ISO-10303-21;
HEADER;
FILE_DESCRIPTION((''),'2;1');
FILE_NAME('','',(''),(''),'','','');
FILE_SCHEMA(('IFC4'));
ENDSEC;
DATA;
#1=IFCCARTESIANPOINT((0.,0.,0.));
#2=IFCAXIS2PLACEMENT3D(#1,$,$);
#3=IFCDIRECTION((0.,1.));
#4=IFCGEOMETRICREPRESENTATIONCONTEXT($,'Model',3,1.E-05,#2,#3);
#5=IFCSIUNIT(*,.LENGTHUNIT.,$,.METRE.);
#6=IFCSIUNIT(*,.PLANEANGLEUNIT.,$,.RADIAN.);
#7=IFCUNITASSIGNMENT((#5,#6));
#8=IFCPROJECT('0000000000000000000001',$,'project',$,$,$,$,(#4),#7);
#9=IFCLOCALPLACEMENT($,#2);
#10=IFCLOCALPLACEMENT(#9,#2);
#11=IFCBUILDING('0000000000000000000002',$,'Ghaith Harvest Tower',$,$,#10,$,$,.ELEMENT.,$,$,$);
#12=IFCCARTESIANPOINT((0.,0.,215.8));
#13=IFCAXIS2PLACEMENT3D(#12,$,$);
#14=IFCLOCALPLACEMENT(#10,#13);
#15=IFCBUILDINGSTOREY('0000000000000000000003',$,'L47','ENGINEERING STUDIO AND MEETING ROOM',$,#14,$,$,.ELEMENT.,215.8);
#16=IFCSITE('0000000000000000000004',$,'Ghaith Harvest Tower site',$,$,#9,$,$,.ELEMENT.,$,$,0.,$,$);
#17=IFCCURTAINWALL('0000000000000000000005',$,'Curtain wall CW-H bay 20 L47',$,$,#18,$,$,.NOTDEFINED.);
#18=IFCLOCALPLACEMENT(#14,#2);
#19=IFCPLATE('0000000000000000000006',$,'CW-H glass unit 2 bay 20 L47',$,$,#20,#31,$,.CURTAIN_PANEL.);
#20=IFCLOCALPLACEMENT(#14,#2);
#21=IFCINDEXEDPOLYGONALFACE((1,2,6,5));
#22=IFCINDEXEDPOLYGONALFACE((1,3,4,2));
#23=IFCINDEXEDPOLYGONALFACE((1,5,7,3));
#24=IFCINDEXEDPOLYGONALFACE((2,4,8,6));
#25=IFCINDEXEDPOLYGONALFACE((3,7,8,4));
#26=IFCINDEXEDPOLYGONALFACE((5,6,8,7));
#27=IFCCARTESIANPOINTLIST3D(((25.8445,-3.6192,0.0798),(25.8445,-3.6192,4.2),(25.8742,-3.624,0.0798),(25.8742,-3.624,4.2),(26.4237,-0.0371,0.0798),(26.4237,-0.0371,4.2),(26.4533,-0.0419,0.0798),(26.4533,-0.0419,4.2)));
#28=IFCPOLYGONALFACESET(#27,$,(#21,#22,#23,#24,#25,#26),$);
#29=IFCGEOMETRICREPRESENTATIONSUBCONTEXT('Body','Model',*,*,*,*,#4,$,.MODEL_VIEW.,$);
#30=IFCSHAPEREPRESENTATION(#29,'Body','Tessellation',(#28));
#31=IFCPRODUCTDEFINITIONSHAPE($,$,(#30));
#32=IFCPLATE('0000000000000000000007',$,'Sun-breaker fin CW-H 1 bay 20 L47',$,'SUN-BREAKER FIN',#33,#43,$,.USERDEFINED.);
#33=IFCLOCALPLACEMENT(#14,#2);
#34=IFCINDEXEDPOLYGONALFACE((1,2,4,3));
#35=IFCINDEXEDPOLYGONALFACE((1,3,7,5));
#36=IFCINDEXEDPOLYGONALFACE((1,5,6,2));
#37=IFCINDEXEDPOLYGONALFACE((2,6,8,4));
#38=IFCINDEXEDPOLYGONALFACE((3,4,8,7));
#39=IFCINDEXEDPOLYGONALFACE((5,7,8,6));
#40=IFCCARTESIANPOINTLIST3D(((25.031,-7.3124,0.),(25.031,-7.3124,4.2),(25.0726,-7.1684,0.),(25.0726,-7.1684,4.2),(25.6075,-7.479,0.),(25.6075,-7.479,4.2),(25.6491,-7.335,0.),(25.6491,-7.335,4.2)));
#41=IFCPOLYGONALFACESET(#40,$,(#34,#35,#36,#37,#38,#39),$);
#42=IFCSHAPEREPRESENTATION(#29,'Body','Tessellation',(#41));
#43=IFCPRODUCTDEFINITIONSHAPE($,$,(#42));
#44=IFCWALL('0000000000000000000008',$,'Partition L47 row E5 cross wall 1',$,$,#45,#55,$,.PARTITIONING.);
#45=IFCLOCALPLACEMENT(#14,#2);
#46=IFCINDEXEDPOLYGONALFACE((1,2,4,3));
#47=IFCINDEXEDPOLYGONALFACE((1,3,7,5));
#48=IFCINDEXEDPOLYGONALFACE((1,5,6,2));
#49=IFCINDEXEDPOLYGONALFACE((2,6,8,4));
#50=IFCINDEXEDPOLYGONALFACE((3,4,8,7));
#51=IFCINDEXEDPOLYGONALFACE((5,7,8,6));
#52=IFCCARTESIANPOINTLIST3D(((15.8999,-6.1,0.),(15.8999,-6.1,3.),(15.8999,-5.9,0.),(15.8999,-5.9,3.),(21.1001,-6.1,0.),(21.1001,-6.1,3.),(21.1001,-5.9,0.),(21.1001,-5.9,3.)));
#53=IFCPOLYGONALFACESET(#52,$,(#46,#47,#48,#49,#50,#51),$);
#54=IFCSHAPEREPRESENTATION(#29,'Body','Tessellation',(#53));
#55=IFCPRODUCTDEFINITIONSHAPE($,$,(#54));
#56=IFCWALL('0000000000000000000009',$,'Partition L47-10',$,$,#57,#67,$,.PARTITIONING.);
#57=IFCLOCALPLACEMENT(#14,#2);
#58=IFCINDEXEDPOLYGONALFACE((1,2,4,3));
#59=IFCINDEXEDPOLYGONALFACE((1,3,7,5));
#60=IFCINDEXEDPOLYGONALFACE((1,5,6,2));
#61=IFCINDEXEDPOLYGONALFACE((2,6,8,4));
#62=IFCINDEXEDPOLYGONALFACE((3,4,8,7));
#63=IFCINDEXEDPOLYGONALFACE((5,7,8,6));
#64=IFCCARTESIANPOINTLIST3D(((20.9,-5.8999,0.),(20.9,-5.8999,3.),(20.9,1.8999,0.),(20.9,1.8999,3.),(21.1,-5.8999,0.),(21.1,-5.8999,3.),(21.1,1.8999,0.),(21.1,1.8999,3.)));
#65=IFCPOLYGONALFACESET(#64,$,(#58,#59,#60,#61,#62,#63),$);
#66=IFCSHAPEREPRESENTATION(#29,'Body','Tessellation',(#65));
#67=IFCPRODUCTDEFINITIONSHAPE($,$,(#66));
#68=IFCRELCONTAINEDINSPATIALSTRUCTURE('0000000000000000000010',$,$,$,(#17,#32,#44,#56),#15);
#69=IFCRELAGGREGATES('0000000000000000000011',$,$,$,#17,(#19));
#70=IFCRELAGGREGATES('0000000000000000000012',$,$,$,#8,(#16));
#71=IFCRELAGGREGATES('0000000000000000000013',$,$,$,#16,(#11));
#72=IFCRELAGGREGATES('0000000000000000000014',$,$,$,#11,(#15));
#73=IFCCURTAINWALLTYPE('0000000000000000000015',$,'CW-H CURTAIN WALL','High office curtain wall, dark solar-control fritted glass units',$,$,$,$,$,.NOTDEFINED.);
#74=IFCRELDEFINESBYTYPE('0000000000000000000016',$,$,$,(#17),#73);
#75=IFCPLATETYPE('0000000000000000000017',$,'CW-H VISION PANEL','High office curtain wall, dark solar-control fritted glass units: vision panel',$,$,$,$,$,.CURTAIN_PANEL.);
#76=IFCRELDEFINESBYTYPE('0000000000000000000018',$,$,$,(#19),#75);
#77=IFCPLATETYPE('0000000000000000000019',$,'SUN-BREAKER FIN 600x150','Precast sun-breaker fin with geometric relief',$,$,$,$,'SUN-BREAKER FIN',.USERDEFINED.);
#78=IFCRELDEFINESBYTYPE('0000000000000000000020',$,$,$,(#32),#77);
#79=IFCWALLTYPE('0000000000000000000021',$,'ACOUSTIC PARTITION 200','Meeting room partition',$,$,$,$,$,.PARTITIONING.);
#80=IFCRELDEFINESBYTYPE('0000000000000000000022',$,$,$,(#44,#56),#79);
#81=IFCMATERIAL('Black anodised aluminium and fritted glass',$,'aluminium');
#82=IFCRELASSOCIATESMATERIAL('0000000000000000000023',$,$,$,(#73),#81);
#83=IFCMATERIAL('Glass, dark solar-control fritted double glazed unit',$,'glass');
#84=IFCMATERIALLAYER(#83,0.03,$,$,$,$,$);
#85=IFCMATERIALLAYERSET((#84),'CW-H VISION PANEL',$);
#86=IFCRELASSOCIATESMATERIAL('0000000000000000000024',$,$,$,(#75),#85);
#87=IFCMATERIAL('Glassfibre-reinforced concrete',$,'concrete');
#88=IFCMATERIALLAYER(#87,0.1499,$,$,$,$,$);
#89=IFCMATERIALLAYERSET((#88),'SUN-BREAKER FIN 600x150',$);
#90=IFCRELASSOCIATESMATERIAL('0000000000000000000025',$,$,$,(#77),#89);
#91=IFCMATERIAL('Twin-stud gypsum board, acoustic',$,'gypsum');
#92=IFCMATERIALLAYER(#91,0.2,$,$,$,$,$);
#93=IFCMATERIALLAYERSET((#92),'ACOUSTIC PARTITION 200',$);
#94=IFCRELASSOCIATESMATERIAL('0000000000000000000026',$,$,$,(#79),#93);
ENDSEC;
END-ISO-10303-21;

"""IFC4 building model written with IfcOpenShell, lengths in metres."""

from ifc_helpers import new_model, si_unit, direction, frame, frame_2d, origin, origin_2d, place, context, subcontext, project, spatial, rectangle, extrude, material, layer, layer_set, type_object, element, aggregate, save


model = new_model("IFC4")

# Units and contexts
model_context = context("Model", 3, precision=1e-05, world=origin(), true_north=direction((0.0, 1.0)))
body_context = subcontext(model_context, "Body", "Model", "MODEL_VIEW")
ifc_project = project(units=[si_unit("LENGTHUNIT", "METRE"), si_unit("PLANEANGLEUNIT", "RADIAN")], contexts=[model_context])

# Site, building, storey
site_placement = place(None, origin())
site = spatial("IfcSite", under=ifc_project, at=site_placement, Name="Ghaith Harvest Tower site", CompositionType="ELEMENT", RefElevation=0.0)
building_placement = place(site_placement, origin())
building = spatial("IfcBuilding", under=site, at=building_placement, Name="Ghaith Harvest Tower", CompositionType="ELEMENT")
storey_placement = place(building_placement, frame((0.0, 0.0, 215.8)))
storey = spatial("IfcBuildingStorey", under=building, at=storey_placement, Name="L47", Description="ENGINEERING STUDIO AND MEETING ROOM", CompositionType="ELEMENT", Elevation=215.8)

# Curtain wall
ifc_material_1 = material(Name="Black anodised aluminium and fritted glass", Category="aluminium")
curtain_wall_type = type_object("IfcCurtainWallType", Name="CW-H CURTAIN WALL", Description="High office curtain wall, dark solar-control fritted glass units", PredefinedType="NOTDEFINED", material=ifc_material_1)
curtain_wall_1_placement = place(storey_placement, origin())
curtain_wall_1 = element("IfcCurtainWall", 1, at=curtain_wall_1_placement, inside=storey, type_object=curtain_wall_type, Name="Curtain wall CW-H bay 20 L47", PredefinedType="NOTDEFINED")

# Shared definitions
ifc_material_2 = material(Name="Glass, dark solar-control fritted double glazed unit", Category="glass")
ifc_layer_1 = layer(ifc_material_2, 0.03)
ifc_layer_set_1 = layer_set([ifc_layer_1], Name="CW-H VISION PANEL")
plate_type_1 = type_object("IfcPlateType", Name="CW-H VISION PANEL", Description="High office curtain wall, dark solar-control fritted glass units: vision panel", PredefinedType="CURTAIN_PANEL", material=ifc_layer_set_1)

# Plates
plate_1_placement = place(storey_placement, frame((26.1489, -1.8306, 0.0798), z_axis=(0.0, 0.0, 1.0), x_axis=(0.159601, 0.987182, 0.0)))
plate_1 = element("IfcPlate", 2, at=plate_1_placement, type_object=plate_type_1, Name="CW-H glass unit 2 bay 20 L47", PredefinedType="CURTAIN_PANEL", context=body_context, shape_type="SweptSolid", body=[
    extrude(rectangle(XDim=3.6287, YDim=0.03, at=origin_2d()), origin(), (0.0, 0.0, 1.0), 4.1201),
])
aggregate(curtain_wall_1, [plate_1])
ifc_material_3 = material(Name="Glassfibre-reinforced concrete", Category="concrete")
ifc_layer_2 = layer(ifc_material_3, 0.1499)
ifc_layer_set_2 = layer_set([ifc_layer_2], Name="SUN-BREAKER FIN 600x150")
plate_type_2 = type_object("IfcPlateType", Name="SUN-BREAKER FIN 600x150", Description="Precast sun-breaker fin with geometric relief", ElementType="SUN-BREAKER FIN", PredefinedType="USERDEFINED", material=ifc_layer_set_2)
plate_2_placement = place(storey_placement, frame((25.3401, -7.3237, 0.0), z_axis=(0.0, 0.0, 1.0), x_axis=(0.96068, -0.277657, 0.0)))
element("IfcPlate", 3, at=plate_2_placement, inside=storey, type_object=plate_type_2, Name="Sun-breaker fin CW-H 1 bay 20 L47", ObjectType="SUN-BREAKER FIN", PredefinedType="USERDEFINED", context=body_context, shape_type="SweptSolid", body=[
    extrude(rectangle(XDim=0.6001, YDim=0.1499, at=origin_2d()), origin(), (0.0, 0.0, 1.0), 4.2),
])

# Wall
ifc_material_4 = material(Name="Twin-stud gypsum board, acoustic", Category="gypsum")
ifc_layer_3 = layer(ifc_material_4, 0.2)
ifc_layer_set_3 = layer_set([ifc_layer_3], Name="ACOUSTIC PARTITION 200")
wall_type_1 = type_object("IfcWallType", Name="ACOUSTIC PARTITION 200", Description="Meeting room partition", PredefinedType="PARTITIONING", material=ifc_layer_set_3)
wall_1_placement = place(storey_placement, frame((15.8999, -6.0, 0.0), z_axis=(0.0, 0.0, 1.0), x_axis=(1.0, 0.0, 0.0)))
element("IfcWall", 4, at=wall_1_placement, inside=storey, type_object=wall_type_1, Name="Partition L47 row E5 cross wall 1", PredefinedType="PARTITIONING", context=body_context, shape_type="SweptSolid", body=[
    extrude(rectangle(XDim=5.2002, YDim=0.2, at=frame_2d((2.6001, 0.0))), origin(), (0.0, 0.0, 1.0), 3.0),
])

# Wall
wall_2_placement = place(storey_placement, frame((21.0, -5.8999, 0.0), z_axis=(0.0, 0.0, 1.0), x_axis=(0.0, 1.0, 0.0)))
element("IfcWall", 5, at=wall_2_placement, inside=storey, type_object=wall_type_1, Name="Partition L47-10", PredefinedType="PARTITIONING", context=body_context, shape_type="SweptSolid", body=[
    extrude(rectangle(XDim=7.7998, YDim=0.2, at=frame_2d((3.8999, 0.0))), origin(), (0.0, 0.0, 1.0), 3.0),
])

save(model, "model.ifc")
